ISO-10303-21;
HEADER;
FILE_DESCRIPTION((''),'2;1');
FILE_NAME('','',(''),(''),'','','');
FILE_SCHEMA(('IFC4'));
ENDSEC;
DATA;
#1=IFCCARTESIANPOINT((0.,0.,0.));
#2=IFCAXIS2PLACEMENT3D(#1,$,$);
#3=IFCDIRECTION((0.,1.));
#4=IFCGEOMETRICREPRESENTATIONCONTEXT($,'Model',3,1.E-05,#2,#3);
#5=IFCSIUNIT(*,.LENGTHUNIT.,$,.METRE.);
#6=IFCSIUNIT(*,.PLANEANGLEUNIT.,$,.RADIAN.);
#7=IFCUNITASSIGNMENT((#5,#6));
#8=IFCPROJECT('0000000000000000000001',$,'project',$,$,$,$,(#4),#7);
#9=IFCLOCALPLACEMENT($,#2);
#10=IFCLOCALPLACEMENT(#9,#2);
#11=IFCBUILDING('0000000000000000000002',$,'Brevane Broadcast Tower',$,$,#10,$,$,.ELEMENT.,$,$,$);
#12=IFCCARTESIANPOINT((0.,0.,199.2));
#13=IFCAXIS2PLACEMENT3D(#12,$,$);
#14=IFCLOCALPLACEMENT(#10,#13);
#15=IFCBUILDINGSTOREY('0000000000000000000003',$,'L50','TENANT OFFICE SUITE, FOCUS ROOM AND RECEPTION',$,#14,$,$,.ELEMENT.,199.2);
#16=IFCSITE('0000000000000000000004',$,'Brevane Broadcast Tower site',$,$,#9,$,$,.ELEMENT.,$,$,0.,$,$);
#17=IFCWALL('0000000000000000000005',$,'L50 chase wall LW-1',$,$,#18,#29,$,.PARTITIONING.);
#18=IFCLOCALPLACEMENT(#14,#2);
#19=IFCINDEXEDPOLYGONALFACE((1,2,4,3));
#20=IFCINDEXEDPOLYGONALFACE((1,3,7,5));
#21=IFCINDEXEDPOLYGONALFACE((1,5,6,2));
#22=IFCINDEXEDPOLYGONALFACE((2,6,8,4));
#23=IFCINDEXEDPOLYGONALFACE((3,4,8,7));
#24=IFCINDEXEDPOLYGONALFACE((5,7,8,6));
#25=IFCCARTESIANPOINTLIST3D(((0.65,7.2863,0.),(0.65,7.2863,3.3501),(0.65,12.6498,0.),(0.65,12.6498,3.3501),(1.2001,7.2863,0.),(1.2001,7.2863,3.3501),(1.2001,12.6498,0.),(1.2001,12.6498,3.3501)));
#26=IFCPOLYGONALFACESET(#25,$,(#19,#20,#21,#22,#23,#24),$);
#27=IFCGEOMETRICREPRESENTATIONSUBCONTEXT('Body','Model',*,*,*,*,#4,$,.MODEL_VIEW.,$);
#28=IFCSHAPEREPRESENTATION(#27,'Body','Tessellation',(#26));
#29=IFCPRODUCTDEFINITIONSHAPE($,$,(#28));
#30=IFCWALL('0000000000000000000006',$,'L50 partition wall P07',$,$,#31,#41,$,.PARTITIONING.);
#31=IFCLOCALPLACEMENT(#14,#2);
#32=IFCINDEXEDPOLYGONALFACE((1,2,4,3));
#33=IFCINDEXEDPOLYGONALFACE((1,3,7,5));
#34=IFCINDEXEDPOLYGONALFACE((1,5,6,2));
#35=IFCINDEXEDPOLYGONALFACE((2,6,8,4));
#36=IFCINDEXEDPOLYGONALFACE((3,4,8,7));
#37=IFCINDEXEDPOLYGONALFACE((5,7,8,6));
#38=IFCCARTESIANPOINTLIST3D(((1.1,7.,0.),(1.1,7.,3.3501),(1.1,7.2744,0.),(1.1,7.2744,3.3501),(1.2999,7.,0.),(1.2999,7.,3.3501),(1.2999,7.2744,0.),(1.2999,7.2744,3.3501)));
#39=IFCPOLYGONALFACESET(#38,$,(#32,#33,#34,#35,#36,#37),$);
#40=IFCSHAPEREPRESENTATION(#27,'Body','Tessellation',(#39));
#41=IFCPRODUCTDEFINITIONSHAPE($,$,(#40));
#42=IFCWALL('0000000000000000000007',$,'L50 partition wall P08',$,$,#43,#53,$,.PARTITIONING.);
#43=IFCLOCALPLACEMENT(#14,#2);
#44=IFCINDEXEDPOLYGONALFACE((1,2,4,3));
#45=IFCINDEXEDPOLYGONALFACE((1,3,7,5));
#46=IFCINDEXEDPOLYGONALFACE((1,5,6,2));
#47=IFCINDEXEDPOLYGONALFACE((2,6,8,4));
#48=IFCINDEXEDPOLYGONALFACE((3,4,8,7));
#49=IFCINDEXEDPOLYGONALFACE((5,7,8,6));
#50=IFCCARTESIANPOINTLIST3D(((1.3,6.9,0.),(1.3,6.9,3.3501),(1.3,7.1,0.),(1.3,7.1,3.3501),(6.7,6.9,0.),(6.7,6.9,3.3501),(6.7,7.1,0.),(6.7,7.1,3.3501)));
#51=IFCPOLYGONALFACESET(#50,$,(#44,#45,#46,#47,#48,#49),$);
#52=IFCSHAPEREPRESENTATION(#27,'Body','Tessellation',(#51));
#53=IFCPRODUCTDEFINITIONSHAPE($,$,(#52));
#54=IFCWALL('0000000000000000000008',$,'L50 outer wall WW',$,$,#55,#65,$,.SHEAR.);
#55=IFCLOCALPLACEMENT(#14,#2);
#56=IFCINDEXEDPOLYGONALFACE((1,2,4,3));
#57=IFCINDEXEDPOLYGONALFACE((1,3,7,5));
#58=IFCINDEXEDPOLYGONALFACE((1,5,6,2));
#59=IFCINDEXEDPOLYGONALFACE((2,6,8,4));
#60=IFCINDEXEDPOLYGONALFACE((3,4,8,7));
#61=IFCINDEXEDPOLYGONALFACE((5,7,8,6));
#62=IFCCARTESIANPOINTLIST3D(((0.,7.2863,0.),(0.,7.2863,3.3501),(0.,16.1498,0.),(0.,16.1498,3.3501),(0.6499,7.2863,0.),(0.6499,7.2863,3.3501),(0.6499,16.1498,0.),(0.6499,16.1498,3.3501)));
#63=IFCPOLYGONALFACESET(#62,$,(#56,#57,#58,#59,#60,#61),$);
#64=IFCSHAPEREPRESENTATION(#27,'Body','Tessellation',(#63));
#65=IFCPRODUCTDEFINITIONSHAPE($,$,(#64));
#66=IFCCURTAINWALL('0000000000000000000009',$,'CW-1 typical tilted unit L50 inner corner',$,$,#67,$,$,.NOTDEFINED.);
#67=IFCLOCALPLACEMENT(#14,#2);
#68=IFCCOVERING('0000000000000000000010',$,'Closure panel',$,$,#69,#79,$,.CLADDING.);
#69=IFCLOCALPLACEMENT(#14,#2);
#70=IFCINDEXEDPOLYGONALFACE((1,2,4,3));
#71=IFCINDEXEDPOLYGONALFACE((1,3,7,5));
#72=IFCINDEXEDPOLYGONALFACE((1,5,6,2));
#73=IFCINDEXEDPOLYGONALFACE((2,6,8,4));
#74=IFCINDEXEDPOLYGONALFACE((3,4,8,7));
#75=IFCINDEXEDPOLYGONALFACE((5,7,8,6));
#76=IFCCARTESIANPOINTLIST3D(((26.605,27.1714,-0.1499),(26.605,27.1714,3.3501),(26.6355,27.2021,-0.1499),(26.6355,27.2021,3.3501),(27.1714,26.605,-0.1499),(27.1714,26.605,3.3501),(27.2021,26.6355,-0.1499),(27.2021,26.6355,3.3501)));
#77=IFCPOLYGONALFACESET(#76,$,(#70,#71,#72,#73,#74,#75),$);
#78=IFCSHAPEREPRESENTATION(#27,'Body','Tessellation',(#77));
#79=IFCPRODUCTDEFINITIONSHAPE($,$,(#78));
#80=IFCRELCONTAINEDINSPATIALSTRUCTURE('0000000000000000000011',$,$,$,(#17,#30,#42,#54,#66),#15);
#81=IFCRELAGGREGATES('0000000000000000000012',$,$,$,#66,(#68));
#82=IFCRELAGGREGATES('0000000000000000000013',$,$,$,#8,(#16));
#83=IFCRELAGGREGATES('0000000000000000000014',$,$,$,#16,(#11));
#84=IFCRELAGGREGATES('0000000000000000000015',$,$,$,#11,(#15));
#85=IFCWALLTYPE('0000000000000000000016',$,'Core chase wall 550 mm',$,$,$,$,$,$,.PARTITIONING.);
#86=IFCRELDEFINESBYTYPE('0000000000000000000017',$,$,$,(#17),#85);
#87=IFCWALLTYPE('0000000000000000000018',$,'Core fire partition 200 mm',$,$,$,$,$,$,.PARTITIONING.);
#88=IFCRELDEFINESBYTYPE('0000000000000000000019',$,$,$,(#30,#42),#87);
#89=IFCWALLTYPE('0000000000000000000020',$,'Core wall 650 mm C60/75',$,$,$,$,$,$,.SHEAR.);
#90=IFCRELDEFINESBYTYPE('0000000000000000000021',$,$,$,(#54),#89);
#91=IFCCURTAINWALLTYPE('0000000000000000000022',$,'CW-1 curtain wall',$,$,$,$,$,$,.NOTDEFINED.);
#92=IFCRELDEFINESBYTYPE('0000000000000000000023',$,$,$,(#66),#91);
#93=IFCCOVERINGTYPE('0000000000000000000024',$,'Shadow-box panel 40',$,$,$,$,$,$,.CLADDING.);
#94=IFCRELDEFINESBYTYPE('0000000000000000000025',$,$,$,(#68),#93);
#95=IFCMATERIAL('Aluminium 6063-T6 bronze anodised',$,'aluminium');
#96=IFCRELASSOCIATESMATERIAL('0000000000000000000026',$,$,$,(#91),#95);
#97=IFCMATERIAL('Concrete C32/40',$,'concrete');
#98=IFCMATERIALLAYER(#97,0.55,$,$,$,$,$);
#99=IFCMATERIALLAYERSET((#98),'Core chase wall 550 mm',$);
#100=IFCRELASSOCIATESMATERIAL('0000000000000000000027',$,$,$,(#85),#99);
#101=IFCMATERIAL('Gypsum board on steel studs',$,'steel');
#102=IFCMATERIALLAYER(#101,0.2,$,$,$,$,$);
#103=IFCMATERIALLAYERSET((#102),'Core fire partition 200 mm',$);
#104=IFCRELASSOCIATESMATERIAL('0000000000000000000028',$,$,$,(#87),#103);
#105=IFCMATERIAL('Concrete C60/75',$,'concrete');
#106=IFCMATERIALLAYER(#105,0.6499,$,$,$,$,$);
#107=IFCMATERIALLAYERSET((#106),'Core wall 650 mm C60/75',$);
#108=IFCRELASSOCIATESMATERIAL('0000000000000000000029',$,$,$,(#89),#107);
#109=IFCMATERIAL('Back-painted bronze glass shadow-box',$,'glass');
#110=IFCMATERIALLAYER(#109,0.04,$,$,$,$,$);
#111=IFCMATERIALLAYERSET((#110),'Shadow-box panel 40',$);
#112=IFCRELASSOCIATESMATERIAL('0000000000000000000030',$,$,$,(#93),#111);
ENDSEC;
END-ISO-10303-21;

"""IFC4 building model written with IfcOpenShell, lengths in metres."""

from ifc_helpers import new_model, si_unit, direction, frame, frame_2d, origin, place, context, subcontext, project, spatial, polyline, rectangle, outline, extrude, material, layer, layer_set, type_object, element, aggregate, save


model = new_model("IFC4")

# Units and contexts
model_context = context("Model", 3, precision=1e-05, world=origin(), true_north=direction((0.0, 1.0)))
body_context = subcontext(model_context, "Body", "Model", "MODEL_VIEW")
ifc_project = project(units=[si_unit("LENGTHUNIT", "METRE"), si_unit("PLANEANGLEUNIT", "RADIAN")], contexts=[model_context])

# Site, building, storey
site_placement = place(None, origin())
site = spatial("IfcSite", under=ifc_project, at=site_placement, Name="Brevane Broadcast Tower site", CompositionType="ELEMENT", RefElevation=0.0)
building_placement = place(site_placement, origin())
building = spatial("IfcBuilding", under=site, at=building_placement, Name="Brevane Broadcast Tower", CompositionType="ELEMENT")
storey_placement = place(building_placement, frame((0.0, 0.0, 199.2)))
storey = spatial("IfcBuildingStorey", under=building, at=storey_placement, Name="L50", Description="TENANT OFFICE SUITE, FOCUS ROOM AND RECEPTION", CompositionType="ELEMENT", Elevation=199.2)

# Shared definitions
ifc_material_1 = material(Name="Aluminium 6063-T6 bronze anodised", Category="aluminium")
curtain_wall_type = type_object("IfcCurtainWallType", Name="CW-1 curtain wall", PredefinedType="NOTDEFINED", material=ifc_material_1)

# Walls
ifc_material_2 = material(Name="Concrete C32/40", Category="concrete")
ifc_layer_1 = layer(ifc_material_2, 0.55)
ifc_layer_set_1 = layer_set([ifc_layer_1], Name="Core chase wall 550 mm")
wall_type_1 = type_object("IfcWallType", Name="Core chase wall 550 mm", PredefinedType="PARTITIONING", material=ifc_layer_set_1)
wall_1_placement = place(storey_placement, frame((0.925, 7.2864, 0.0), z_axis=(0.0, 0.0, 1.0), x_axis=(0.0, 1.0, 0.0)))
element("IfcWall", 1, at=wall_1_placement, inside=storey, type_object=wall_type_1, Name="L50 chase wall LW-1", PredefinedType="PARTITIONING", context=body_context, shape_type="SweptSolid", body=[
    extrude(rectangle(XDim=5.3635, YDim=0.55, at=frame_2d((2.6816, 0.0))), origin(), (0.0, 0.0, 1.0), 3.3501),
])
ifc_material_3 = material(Name="Gypsum board on steel studs", Category="steel")
ifc_layer_2 = layer(ifc_material_3, 0.2)
ifc_layer_set_2 = layer_set([ifc_layer_2], Name="Core fire partition 200 mm")
wall_type_2 = type_object("IfcWallType", Name="Core fire partition 200 mm", PredefinedType="PARTITIONING", material=ifc_layer_set_2)
wall_2_placement = place(storey_placement, frame((1.2, 7.2744, 0.0), z_axis=(0.0, 0.0, 1.0), x_axis=(0.0, -1.0, 0.0)))
element("IfcWall", 2, at=wall_2_placement, inside=storey, type_object=wall_type_2, Name="L50 partition wall P07", PredefinedType="PARTITIONING", context=body_context, shape_type="SweptSolid", body=[
    extrude(rectangle(XDim=0.2744, YDim=0.2, at=frame_2d((0.1372, 0.0))), origin(), (0.0, 0.0, 1.0), 3.3501),
])
wall_3_placement = place(storey_placement, frame((1.3, 7.0, 0.0), z_axis=(0.0, 0.0, 1.0), x_axis=(1.0, 0.0, 0.0)))
element("IfcWall", 3, at=wall_3_placement, inside=storey, type_object=wall_type_2, Name="L50 partition wall P08", PredefinedType="PARTITIONING", context=body_context, shape_type="SweptSolid", body=[
    extrude(rectangle(XDim=5.3999, YDim=0.2, at=frame_2d((2.7, 0.0))), origin(), (0.0, 0.0, 1.0), 3.3501),
])
ifc_material_4 = material(Name="Concrete C60/75", Category="concrete")
ifc_layer_3 = layer(ifc_material_4, 0.6499)
ifc_layer_set_3 = layer_set([ifc_layer_3], Name="Core wall 650 mm C60/75")
wall_type_3 = type_object("IfcWallType", Name="Core wall 650 mm C60/75", PredefinedType="SHEAR", material=ifc_layer_set_3)
wall_4_placement = place(storey_placement, frame((0.325, 7.2864, 0.0), z_axis=(0.0, 0.0, 1.0), x_axis=(0.0, 1.0, 0.0)))
element("IfcWall", 4, at=wall_4_placement, inside=storey, type_object=wall_type_3, Name="L50 outer wall WW", PredefinedType="SHEAR", context=body_context, shape_type="SweptSolid", body=[
    extrude(rectangle(XDim=8.8635, YDim=0.6499, at=frame_2d((4.4316, 0.0))), origin(), (0.0, 0.0, 1.0), 3.3501),
])

# Curtain wall, covering
curtain_wall_1_placement = place(storey_placement, origin())
curtain_wall_1 = element("IfcCurtainWall", 5, at=curtain_wall_1_placement, inside=storey, type_object=curtain_wall_type, Name="CW-1 typical tilted unit L50 inner corner", PredefinedType="NOTDEFINED")
ifc_material_5 = material(Name="Back-painted bronze glass shadow-box", Category="glass")
ifc_layer_4 = layer(ifc_material_5, 0.04)
ifc_layer_set_4 = layer_set([ifc_layer_4], Name="Shadow-box panel 40")
covering_type = type_object("IfcCoveringType", Name="Shadow-box panel 40", PredefinedType="CLADDING", material=ifc_layer_set_4)
covering_placement = place(storey_placement, frame((0.0, 0.0, -0.1499)))
covering = element("IfcCovering", 6, at=covering_placement, type_object=covering_type, Name="Closure panel", PredefinedType="CLADDING", context=body_context, shape_type="SweptSolid", body=[
    extrude(outline(polyline([(27.1714, 26.605), (27.2021, 26.6355), (26.6355, 27.2021), (26.605, 27.1714), (27.1714, 26.605)])), origin(), (0.0, 0.0, 1.0), 3.5),
])
aggregate(curtain_wall_1, [covering])

save(model, "model.ifc")
